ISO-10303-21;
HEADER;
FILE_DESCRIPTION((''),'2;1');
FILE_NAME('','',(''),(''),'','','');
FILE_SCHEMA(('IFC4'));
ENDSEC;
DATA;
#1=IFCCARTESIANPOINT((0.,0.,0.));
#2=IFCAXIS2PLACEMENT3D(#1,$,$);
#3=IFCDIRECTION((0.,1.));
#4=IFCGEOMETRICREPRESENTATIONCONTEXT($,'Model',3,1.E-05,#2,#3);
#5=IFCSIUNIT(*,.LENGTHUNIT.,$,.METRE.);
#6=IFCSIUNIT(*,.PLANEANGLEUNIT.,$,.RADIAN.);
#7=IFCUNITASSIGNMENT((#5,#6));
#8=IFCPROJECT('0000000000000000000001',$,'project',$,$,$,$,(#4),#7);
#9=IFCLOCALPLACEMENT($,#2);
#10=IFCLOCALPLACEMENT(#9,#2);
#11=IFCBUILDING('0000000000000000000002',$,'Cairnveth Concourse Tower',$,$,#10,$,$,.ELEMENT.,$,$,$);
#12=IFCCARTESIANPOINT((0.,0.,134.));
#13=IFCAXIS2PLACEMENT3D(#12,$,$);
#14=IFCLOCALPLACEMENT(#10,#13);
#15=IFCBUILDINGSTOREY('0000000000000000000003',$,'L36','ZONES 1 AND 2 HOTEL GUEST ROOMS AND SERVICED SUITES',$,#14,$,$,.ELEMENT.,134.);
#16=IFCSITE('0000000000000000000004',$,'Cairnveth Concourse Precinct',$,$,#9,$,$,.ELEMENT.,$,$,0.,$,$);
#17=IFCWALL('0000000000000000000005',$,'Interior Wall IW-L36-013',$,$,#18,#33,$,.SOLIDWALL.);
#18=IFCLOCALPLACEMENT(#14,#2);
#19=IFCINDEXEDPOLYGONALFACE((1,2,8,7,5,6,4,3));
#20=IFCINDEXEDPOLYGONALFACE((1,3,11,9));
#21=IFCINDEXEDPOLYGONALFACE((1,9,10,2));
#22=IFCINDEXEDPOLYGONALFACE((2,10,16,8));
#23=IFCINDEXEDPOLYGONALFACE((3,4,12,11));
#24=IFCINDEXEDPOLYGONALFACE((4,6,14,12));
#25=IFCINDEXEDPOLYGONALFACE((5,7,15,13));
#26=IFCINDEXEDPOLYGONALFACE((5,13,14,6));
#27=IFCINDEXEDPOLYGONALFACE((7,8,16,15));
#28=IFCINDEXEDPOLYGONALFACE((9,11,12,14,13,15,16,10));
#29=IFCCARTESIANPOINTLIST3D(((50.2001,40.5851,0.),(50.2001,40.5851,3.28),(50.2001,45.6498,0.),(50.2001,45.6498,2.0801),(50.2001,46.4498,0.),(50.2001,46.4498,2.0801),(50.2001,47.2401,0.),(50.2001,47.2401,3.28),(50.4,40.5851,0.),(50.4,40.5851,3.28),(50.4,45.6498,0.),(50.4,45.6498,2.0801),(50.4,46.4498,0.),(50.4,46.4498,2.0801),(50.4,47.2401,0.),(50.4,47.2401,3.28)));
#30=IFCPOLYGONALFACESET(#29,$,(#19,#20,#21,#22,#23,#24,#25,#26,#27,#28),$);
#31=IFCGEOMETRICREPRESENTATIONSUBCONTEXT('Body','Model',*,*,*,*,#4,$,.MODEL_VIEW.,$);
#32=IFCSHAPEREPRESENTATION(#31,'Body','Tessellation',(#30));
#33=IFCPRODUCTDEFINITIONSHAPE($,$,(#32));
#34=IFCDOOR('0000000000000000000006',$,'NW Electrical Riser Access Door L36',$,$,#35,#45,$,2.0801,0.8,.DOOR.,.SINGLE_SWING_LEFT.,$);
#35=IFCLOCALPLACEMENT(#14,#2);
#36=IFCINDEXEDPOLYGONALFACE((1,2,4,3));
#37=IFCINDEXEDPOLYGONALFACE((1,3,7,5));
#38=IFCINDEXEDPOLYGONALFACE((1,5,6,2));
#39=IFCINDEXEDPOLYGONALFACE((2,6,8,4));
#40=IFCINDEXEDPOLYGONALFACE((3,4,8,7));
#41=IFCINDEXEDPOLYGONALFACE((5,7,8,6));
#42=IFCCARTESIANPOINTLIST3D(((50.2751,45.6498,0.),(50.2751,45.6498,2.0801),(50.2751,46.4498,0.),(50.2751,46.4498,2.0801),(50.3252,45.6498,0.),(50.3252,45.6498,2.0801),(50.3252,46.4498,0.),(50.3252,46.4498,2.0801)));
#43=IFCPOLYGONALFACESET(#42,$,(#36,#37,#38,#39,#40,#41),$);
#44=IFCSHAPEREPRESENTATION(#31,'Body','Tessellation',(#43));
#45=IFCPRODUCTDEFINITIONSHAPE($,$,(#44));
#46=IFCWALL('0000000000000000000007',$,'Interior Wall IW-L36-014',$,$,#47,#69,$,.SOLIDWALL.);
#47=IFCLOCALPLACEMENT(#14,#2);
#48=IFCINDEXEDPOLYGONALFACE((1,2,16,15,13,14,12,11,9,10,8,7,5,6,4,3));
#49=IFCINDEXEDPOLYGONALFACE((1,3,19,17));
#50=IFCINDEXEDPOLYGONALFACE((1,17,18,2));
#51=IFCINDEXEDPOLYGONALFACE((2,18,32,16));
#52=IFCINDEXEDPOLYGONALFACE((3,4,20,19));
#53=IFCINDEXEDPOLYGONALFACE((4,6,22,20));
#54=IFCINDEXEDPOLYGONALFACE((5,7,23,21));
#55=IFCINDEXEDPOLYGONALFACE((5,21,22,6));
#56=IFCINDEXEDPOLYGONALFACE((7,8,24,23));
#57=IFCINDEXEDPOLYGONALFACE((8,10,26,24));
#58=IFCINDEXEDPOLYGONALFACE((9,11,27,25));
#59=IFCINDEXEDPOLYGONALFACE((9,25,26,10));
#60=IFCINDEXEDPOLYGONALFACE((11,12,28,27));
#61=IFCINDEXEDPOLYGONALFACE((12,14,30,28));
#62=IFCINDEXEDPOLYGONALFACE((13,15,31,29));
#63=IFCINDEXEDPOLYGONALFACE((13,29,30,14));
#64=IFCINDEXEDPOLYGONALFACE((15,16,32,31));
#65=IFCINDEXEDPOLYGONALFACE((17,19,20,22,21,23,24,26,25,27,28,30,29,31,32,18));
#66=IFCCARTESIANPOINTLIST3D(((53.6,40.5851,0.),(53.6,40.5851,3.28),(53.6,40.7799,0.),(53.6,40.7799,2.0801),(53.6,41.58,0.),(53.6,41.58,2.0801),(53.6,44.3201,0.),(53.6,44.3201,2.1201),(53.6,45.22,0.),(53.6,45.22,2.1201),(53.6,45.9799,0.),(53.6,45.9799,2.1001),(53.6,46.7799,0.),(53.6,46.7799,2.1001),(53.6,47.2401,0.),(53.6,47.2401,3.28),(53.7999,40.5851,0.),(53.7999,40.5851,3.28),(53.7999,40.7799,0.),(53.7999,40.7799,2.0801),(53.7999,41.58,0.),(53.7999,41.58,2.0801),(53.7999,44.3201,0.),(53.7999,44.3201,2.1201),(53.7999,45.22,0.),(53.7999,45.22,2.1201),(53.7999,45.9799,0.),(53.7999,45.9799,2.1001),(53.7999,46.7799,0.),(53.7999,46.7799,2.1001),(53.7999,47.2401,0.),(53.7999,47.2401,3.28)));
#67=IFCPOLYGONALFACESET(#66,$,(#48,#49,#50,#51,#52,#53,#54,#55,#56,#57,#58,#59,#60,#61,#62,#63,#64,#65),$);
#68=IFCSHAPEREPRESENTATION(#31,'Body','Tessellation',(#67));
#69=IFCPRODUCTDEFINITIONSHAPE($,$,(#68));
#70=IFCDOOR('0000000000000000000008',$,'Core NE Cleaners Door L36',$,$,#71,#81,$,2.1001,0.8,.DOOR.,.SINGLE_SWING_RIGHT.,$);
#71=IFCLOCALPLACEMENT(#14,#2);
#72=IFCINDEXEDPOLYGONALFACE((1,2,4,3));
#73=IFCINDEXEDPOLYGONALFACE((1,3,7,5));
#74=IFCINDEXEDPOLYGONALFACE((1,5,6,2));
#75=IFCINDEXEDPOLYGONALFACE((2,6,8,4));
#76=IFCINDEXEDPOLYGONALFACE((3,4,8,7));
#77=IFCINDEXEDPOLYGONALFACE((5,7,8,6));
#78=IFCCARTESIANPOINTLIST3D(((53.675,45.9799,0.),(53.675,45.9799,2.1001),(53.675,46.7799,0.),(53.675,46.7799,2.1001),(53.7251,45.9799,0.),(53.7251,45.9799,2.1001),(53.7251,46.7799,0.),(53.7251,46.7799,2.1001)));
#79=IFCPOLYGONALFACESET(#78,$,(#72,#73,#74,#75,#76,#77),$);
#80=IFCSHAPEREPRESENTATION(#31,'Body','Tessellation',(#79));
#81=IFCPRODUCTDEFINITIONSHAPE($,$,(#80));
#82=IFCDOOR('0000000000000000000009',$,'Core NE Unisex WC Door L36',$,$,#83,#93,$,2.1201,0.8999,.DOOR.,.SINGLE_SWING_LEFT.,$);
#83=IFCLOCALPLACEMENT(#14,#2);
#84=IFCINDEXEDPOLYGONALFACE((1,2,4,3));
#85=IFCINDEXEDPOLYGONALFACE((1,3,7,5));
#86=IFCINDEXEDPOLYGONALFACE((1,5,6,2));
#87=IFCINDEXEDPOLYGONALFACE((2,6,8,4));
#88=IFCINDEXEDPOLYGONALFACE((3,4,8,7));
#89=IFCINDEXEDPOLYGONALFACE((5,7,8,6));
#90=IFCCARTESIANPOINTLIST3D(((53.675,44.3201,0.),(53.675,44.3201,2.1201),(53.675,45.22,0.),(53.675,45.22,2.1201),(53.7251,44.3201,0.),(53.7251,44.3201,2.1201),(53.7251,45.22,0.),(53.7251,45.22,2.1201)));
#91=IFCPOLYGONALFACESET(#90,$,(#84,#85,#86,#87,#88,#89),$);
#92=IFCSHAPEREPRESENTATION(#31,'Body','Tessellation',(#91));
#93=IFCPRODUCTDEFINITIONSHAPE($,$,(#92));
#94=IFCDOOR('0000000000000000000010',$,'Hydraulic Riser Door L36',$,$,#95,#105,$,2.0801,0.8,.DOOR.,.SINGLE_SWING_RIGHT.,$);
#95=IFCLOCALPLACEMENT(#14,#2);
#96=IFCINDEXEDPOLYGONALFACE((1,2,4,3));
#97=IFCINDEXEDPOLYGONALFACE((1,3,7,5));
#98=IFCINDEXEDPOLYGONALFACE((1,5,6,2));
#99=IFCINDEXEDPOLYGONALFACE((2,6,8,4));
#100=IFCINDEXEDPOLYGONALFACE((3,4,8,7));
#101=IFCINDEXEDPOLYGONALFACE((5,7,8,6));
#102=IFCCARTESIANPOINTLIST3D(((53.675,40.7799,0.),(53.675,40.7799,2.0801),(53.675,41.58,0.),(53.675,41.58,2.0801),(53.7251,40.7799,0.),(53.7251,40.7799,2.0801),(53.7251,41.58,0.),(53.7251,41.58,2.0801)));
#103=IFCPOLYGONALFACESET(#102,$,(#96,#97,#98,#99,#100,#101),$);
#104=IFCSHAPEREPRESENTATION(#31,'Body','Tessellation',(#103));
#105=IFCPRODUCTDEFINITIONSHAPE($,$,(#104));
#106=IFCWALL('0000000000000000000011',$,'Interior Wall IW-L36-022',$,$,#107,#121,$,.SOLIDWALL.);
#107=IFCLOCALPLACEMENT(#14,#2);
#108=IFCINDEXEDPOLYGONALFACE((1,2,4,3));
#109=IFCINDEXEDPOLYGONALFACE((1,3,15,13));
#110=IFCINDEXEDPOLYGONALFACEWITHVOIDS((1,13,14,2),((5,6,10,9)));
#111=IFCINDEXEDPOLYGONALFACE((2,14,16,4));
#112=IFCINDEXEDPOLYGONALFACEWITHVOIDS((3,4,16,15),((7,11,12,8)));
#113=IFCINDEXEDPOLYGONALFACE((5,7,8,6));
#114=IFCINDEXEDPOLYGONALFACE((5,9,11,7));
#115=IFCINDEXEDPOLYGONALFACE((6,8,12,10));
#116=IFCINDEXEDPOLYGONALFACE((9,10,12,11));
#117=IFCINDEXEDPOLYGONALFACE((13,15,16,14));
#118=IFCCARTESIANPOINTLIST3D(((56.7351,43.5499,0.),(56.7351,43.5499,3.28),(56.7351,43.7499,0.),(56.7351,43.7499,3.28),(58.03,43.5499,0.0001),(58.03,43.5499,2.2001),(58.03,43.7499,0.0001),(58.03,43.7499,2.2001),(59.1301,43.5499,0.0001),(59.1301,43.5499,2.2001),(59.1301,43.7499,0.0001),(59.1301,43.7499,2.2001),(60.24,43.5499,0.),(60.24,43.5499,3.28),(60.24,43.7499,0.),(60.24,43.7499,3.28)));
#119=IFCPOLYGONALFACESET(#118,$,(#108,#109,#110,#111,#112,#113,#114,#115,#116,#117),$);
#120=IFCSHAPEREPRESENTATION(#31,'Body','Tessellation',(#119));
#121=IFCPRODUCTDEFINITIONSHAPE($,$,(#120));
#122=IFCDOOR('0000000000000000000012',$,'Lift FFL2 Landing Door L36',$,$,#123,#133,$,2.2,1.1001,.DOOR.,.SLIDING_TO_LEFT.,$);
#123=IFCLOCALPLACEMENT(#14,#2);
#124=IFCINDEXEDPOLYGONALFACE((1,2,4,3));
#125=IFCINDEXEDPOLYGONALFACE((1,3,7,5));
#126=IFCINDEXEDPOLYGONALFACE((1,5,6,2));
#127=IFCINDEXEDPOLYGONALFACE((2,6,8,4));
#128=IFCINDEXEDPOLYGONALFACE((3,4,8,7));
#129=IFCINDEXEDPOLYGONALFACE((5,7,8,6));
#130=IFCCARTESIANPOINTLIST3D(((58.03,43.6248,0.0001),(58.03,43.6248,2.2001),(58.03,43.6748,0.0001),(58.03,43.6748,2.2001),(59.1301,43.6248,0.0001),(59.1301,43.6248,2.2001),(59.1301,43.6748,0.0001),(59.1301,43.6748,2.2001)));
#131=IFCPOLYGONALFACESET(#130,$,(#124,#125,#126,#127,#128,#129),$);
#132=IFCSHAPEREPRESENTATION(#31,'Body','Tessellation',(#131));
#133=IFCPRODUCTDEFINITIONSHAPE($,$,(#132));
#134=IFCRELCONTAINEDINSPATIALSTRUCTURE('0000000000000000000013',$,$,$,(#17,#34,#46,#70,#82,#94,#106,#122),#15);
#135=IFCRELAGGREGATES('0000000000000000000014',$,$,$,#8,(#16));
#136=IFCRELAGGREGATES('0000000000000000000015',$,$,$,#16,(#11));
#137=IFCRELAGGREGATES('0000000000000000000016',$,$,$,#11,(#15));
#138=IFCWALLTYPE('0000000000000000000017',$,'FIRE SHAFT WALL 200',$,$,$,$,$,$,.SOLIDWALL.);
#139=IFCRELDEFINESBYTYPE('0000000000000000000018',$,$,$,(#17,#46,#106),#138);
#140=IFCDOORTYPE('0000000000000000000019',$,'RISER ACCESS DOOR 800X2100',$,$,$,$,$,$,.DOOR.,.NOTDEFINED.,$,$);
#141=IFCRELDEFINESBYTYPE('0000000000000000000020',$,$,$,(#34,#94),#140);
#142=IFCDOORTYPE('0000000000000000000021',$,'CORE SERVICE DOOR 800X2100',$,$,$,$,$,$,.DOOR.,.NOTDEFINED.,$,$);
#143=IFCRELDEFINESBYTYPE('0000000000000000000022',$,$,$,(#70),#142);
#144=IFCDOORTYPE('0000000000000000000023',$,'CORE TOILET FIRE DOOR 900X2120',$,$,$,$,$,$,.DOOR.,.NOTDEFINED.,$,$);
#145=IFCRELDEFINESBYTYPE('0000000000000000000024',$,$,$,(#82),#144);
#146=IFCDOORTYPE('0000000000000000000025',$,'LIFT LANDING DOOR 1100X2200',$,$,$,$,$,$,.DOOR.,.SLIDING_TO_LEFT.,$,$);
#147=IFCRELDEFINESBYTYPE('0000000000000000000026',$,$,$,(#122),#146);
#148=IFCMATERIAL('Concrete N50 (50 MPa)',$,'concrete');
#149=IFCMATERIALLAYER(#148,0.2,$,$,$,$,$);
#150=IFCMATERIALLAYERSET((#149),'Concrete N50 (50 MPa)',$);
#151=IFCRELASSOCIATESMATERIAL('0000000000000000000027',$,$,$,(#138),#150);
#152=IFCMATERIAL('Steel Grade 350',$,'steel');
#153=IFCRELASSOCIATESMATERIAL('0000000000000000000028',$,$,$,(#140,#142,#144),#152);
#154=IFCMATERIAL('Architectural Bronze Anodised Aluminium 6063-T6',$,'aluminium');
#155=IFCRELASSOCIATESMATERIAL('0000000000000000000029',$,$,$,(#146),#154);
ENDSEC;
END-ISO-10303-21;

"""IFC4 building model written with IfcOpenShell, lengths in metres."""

from ifc_helpers import new_model, si_unit, direction, frame, frame_2d, origin, place, context, subcontext, project, spatial, rectangle, extrude, material, layer, layer_set, type_object, element, fill, save


model = new_model("IFC4")

# Units and contexts
model_context = context("Model", 3, precision=1e-05, world=origin(), true_north=direction((0.0, 1.0)))
body_context = subcontext(model_context, "Body", "Model", "MODEL_VIEW")
ifc_project = project(units=[si_unit("LENGTHUNIT", "METRE"), si_unit("PLANEANGLEUNIT", "RADIAN")], contexts=[model_context])

# Site, building, storey
site_placement = place(None, origin())
site = spatial("IfcSite", under=ifc_project, at=site_placement, Name="Cairnveth Concourse Precinct", CompositionType="ELEMENT", RefElevation=0.0)
building_placement = place(site_placement, origin())
building = spatial("IfcBuilding", under=site, at=building_placement, Name="Cairnveth Concourse Tower", CompositionType="ELEMENT")
storey_placement = place(building_placement, frame((0.0, 0.0, 134.0)))
storey = spatial("IfcBuildingStorey", under=building, at=storey_placement, Name="L36", Description="ZONES 1 AND 2 HOTEL GUEST ROOMS AND SERVICED SUITES", CompositionType="ELEMENT", Elevation=134.0)

# Shared definitions
ifc_material_1 = material(Name="Steel Grade 350", Category="steel")

# Shared definitions
ifc_material_2 = material(Name="Concrete N50 (50 MPa)", Category="concrete")

# Shared definitions
ifc_layer_1 = layer(ifc_material_2, 0.2)
ifc_layer_set_1 = layer_set([ifc_layer_1], Name="Concrete N50 (50 MPa)")
wall_type_1 = type_object("IfcWallType", Name="FIRE SHAFT WALL 200", PredefinedType="SOLIDWALL", material=ifc_layer_set_1)

# Wall, opening, door
wall_1_placement = place(storey_placement, frame((50.3, 40.585, 0.0), z_axis=(0.0, 0.0, 1.0), x_axis=(0.0, 1.0, 0.0)))
wall_1 = element("IfcWall", 1, at=wall_1_placement, inside=storey, type_object=wall_type_1, Name="Interior Wall IW-L36-013", PredefinedType="SOLIDWALL", context=body_context, shape_type="SweptSolid", body=[
    extrude(rectangle(XDim=6.655, YDim=0.2, at=frame_2d((3.3276, 0.0))), origin(), (0.0, 0.0, 1.0), 3.28),
])
opening_1_placement = place(wall_1_placement, frame((5.0649, 0.0, 0.0)))
opening_1 = element("IfcOpeningElement", 2, at=opening_1_placement, cuts=wall_1, PredefinedType="OPENING", context=body_context, shape_type="SweptSolid", body=[
    extrude(rectangle(XDim=0.8, YDim=2.0801, at=frame_2d((0.3999, 1.04))), frame((0.0, 0.1099, 0.0), z_axis=(0.0, -1.0, 0.0), x_axis=(1.0, 0.0, 0.0)), (0.0, 0.0, 1.0), 0.22),
])
door_type_1 = type_object("IfcDoorType", Name="RISER ACCESS DOOR 800X2100", OperationType="NOTDEFINED", PredefinedType="DOOR", material=ifc_material_1)
door_1_placement = place(opening_1_placement, origin())
door_1 = element("IfcDoor", 3, at=door_1_placement, inside=storey, type_object=door_type_1, Name="NW Electrical Riser Access Door L36", OperationType="SINGLE_SWING_LEFT", OverallHeight=2.0801, OverallWidth=0.8, PredefinedType="DOOR", context=body_context, shape_type="SweptSolid", body=[
    extrude(rectangle(XDim=0.8, YDim=2.0801, at=frame_2d((0.3999, 1.04))), frame((0.0, 0.0249, 0.0), z_axis=(0.0, -1.0, 0.0), x_axis=(1.0, 0.0, 0.0)), (0.0, 0.0, 1.0), 0.05),
])
fill(opening_1, door_1)

# Wall, openings, doors
wall_2_placement = place(storey_placement, frame((53.7, 40.585, 0.0), z_axis=(0.0, 0.0, 1.0), x_axis=(0.0, 1.0, 0.0)))
wall_2 = element("IfcWall", 4, at=wall_2_placement, inside=storey, type_object=wall_type_1, Name="Interior Wall IW-L36-014", PredefinedType="SOLIDWALL", context=body_context, shape_type="SweptSolid", body=[
    extrude(rectangle(XDim=6.655, YDim=0.2, at=frame_2d((3.3276, 0.0))), origin(), (0.0, 0.0, 1.0), 3.28),
])
opening_2_placement = place(wall_2_placement, frame((0.1951, 0.0, 0.0)))
opening_2 = element("IfcOpeningElement", 5, at=opening_2_placement, cuts=wall_2, PredefinedType="OPENING", context=body_context, shape_type="SweptSolid", body=[
    extrude(rectangle(XDim=0.8, YDim=2.0801, at=frame_2d((0.3999, 1.04))), frame((0.0, 0.1099, 0.0), z_axis=(0.0, -1.0, 0.0), x_axis=(1.0, 0.0, 0.0)), (0.0, 0.0, 1.0), 0.22),
])
opening_3_placement = place(wall_2_placement, frame((3.7351, 0.0, 0.0)))
opening_3 = element("IfcOpeningElement", 6, at=opening_3_placement, cuts=wall_2, PredefinedType="OPENING", context=body_context, shape_type="SweptSolid", body=[
    extrude(rectangle(XDim=0.8999, YDim=2.1201, at=frame_2d((0.45, 1.0601))), frame((0.0, 0.1099, 0.0), z_axis=(0.0, -1.0, 0.0), x_axis=(1.0, 0.0, 0.0)), (0.0, 0.0, 1.0), 0.22),
])
opening_4_placement = place(wall_2_placement, frame((5.395, 0.0, 0.0)))
opening_4 = element("IfcOpeningElement", 7, at=opening_4_placement, cuts=wall_2, PredefinedType="OPENING", context=body_context, shape_type="SweptSolid", body=[
    extrude(rectangle(XDim=0.8, YDim=2.1001, at=frame_2d((0.3999, 1.05))), frame((0.0, 0.1099, 0.0), z_axis=(0.0, -1.0, 0.0), x_axis=(1.0, 0.0, 0.0)), (0.0, 0.0, 1.0), 0.22),
])
door_type_2 = type_object("IfcDoorType", Name="CORE SERVICE DOOR 800X2100", OperationType="NOTDEFINED", PredefinedType="DOOR", material=ifc_material_1)
door_2_placement = place(opening_4_placement, origin())
door_2 = element("IfcDoor", 8, at=door_2_placement, inside=storey, type_object=door_type_2, Name="Core NE Cleaners Door L36", OperationType="SINGLE_SWING_RIGHT", OverallHeight=2.1001, OverallWidth=0.8, PredefinedType="DOOR", context=body_context, shape_type="SweptSolid", body=[
    extrude(rectangle(XDim=0.8, YDim=2.1001, at=frame_2d((0.3999, 1.05))), frame((0.0, 0.0249, 0.0), z_axis=(0.0, -1.0, 0.0), x_axis=(1.0, 0.0, 0.0)), (0.0, 0.0, 1.0), 0.05),
])
fill(opening_4, door_2)
door_type_3 = type_object("IfcDoorType", Name="CORE TOILET FIRE DOOR 900X2120", OperationType="NOTDEFINED", PredefinedType="DOOR", material=ifc_material_1)
door_3_placement = place(opening_3_placement, origin())
door_3 = element("IfcDoor", 9, at=door_3_placement, inside=storey, type_object=door_type_3, Name="Core NE Unisex WC Door L36", OperationType="SINGLE_SWING_LEFT", OverallHeight=2.1201, OverallWidth=0.8999, PredefinedType="DOOR", context=body_context, shape_type="SweptSolid", body=[
    extrude(rectangle(XDim=0.8999, YDim=2.1201, at=frame_2d((0.45, 1.0601))), frame((0.0, 0.0249, 0.0), z_axis=(0.0, -1.0, 0.0), x_axis=(1.0, 0.0, 0.0)), (0.0, 0.0, 1.0), 0.05),
])
fill(opening_3, door_3)
door_4_placement = place(opening_2_placement, origin())
door_4 = element("IfcDoor", 10, at=door_4_placement, inside=storey, type_object=door_type_1, Name="Hydraulic Riser Door L36", OperationType="SINGLE_SWING_RIGHT", OverallHeight=2.0801, OverallWidth=0.8, PredefinedType="DOOR", context=body_context, shape_type="SweptSolid", body=[
    extrude(rectangle(XDim=0.8, YDim=2.0801, at=frame_2d((0.3999, 1.04))), frame((0.0, 0.0249, 0.0), z_axis=(0.0, -1.0, 0.0), x_axis=(1.0, 0.0, 0.0)), (0.0, 0.0, 1.0), 0.05),
])
fill(opening_2, door_4)

# Wall, opening, door
wall_3_placement = place(storey_placement, frame((56.7351, 43.6499, 0.0), z_axis=(0.0, 0.0, 1.0), x_axis=(1.0, 0.0, 0.0)))
wall_3 = element("IfcWall", 11, at=wall_3_placement, inside=storey, type_object=wall_type_1, Name="Interior Wall IW-L36-022", PredefinedType="SOLIDWALL", context=body_context, shape_type="SweptSolid", body=[
    extrude(rectangle(XDim=3.5049, YDim=0.2, at=frame_2d((1.7524, 0.0))), origin(), (0.0, 0.0, 1.0), 3.28),
])
opening_5_placement = place(wall_3_placement, frame((1.2949, 0.0, 0.0)))
opening_5 = element("IfcOpeningElement", 12, at=opening_5_placement, cuts=wall_3, PredefinedType="OPENING", context=body_context, shape_type="SweptSolid", body=[
    extrude(rectangle(XDim=1.1001, YDim=2.2, at=frame_2d((0.55, 1.1001))), frame((0.0, 0.1099, 0.0), z_axis=(0.0, -1.0, 0.0), x_axis=(1.0, 0.0, 0.0)), (0.0, 0.0, 1.0), 0.22),
])
ifc_material_3 = material(Name="Architectural Bronze Anodised Aluminium 6063-T6", Category="aluminium")
door_type_4 = type_object("IfcDoorType", Name="LIFT LANDING DOOR 1100X2200", OperationType="SLIDING_TO_LEFT", PredefinedType="DOOR", material=ifc_material_3)
door_5_placement = place(opening_5_placement, origin())
door_5 = element("IfcDoor", 13, at=door_5_placement, inside=storey, type_object=door_type_4, Name="Lift FFL2 Landing Door L36", OperationType="SLIDING_TO_LEFT", OverallHeight=2.2, OverallWidth=1.1001, PredefinedType="DOOR", context=body_context, shape_type="SweptSolid", body=[
    extrude(rectangle(XDim=1.1001, YDim=2.2, at=frame_2d((0.55, 1.1001))), frame((0.0, 0.0249, 0.0), z_axis=(0.0, -1.0, 0.0), x_axis=(1.0, 0.0, 0.0)), (0.0, 0.0, 1.0), 0.05),
])
fill(opening_5, door_5)

save(model, "model.ifc")
